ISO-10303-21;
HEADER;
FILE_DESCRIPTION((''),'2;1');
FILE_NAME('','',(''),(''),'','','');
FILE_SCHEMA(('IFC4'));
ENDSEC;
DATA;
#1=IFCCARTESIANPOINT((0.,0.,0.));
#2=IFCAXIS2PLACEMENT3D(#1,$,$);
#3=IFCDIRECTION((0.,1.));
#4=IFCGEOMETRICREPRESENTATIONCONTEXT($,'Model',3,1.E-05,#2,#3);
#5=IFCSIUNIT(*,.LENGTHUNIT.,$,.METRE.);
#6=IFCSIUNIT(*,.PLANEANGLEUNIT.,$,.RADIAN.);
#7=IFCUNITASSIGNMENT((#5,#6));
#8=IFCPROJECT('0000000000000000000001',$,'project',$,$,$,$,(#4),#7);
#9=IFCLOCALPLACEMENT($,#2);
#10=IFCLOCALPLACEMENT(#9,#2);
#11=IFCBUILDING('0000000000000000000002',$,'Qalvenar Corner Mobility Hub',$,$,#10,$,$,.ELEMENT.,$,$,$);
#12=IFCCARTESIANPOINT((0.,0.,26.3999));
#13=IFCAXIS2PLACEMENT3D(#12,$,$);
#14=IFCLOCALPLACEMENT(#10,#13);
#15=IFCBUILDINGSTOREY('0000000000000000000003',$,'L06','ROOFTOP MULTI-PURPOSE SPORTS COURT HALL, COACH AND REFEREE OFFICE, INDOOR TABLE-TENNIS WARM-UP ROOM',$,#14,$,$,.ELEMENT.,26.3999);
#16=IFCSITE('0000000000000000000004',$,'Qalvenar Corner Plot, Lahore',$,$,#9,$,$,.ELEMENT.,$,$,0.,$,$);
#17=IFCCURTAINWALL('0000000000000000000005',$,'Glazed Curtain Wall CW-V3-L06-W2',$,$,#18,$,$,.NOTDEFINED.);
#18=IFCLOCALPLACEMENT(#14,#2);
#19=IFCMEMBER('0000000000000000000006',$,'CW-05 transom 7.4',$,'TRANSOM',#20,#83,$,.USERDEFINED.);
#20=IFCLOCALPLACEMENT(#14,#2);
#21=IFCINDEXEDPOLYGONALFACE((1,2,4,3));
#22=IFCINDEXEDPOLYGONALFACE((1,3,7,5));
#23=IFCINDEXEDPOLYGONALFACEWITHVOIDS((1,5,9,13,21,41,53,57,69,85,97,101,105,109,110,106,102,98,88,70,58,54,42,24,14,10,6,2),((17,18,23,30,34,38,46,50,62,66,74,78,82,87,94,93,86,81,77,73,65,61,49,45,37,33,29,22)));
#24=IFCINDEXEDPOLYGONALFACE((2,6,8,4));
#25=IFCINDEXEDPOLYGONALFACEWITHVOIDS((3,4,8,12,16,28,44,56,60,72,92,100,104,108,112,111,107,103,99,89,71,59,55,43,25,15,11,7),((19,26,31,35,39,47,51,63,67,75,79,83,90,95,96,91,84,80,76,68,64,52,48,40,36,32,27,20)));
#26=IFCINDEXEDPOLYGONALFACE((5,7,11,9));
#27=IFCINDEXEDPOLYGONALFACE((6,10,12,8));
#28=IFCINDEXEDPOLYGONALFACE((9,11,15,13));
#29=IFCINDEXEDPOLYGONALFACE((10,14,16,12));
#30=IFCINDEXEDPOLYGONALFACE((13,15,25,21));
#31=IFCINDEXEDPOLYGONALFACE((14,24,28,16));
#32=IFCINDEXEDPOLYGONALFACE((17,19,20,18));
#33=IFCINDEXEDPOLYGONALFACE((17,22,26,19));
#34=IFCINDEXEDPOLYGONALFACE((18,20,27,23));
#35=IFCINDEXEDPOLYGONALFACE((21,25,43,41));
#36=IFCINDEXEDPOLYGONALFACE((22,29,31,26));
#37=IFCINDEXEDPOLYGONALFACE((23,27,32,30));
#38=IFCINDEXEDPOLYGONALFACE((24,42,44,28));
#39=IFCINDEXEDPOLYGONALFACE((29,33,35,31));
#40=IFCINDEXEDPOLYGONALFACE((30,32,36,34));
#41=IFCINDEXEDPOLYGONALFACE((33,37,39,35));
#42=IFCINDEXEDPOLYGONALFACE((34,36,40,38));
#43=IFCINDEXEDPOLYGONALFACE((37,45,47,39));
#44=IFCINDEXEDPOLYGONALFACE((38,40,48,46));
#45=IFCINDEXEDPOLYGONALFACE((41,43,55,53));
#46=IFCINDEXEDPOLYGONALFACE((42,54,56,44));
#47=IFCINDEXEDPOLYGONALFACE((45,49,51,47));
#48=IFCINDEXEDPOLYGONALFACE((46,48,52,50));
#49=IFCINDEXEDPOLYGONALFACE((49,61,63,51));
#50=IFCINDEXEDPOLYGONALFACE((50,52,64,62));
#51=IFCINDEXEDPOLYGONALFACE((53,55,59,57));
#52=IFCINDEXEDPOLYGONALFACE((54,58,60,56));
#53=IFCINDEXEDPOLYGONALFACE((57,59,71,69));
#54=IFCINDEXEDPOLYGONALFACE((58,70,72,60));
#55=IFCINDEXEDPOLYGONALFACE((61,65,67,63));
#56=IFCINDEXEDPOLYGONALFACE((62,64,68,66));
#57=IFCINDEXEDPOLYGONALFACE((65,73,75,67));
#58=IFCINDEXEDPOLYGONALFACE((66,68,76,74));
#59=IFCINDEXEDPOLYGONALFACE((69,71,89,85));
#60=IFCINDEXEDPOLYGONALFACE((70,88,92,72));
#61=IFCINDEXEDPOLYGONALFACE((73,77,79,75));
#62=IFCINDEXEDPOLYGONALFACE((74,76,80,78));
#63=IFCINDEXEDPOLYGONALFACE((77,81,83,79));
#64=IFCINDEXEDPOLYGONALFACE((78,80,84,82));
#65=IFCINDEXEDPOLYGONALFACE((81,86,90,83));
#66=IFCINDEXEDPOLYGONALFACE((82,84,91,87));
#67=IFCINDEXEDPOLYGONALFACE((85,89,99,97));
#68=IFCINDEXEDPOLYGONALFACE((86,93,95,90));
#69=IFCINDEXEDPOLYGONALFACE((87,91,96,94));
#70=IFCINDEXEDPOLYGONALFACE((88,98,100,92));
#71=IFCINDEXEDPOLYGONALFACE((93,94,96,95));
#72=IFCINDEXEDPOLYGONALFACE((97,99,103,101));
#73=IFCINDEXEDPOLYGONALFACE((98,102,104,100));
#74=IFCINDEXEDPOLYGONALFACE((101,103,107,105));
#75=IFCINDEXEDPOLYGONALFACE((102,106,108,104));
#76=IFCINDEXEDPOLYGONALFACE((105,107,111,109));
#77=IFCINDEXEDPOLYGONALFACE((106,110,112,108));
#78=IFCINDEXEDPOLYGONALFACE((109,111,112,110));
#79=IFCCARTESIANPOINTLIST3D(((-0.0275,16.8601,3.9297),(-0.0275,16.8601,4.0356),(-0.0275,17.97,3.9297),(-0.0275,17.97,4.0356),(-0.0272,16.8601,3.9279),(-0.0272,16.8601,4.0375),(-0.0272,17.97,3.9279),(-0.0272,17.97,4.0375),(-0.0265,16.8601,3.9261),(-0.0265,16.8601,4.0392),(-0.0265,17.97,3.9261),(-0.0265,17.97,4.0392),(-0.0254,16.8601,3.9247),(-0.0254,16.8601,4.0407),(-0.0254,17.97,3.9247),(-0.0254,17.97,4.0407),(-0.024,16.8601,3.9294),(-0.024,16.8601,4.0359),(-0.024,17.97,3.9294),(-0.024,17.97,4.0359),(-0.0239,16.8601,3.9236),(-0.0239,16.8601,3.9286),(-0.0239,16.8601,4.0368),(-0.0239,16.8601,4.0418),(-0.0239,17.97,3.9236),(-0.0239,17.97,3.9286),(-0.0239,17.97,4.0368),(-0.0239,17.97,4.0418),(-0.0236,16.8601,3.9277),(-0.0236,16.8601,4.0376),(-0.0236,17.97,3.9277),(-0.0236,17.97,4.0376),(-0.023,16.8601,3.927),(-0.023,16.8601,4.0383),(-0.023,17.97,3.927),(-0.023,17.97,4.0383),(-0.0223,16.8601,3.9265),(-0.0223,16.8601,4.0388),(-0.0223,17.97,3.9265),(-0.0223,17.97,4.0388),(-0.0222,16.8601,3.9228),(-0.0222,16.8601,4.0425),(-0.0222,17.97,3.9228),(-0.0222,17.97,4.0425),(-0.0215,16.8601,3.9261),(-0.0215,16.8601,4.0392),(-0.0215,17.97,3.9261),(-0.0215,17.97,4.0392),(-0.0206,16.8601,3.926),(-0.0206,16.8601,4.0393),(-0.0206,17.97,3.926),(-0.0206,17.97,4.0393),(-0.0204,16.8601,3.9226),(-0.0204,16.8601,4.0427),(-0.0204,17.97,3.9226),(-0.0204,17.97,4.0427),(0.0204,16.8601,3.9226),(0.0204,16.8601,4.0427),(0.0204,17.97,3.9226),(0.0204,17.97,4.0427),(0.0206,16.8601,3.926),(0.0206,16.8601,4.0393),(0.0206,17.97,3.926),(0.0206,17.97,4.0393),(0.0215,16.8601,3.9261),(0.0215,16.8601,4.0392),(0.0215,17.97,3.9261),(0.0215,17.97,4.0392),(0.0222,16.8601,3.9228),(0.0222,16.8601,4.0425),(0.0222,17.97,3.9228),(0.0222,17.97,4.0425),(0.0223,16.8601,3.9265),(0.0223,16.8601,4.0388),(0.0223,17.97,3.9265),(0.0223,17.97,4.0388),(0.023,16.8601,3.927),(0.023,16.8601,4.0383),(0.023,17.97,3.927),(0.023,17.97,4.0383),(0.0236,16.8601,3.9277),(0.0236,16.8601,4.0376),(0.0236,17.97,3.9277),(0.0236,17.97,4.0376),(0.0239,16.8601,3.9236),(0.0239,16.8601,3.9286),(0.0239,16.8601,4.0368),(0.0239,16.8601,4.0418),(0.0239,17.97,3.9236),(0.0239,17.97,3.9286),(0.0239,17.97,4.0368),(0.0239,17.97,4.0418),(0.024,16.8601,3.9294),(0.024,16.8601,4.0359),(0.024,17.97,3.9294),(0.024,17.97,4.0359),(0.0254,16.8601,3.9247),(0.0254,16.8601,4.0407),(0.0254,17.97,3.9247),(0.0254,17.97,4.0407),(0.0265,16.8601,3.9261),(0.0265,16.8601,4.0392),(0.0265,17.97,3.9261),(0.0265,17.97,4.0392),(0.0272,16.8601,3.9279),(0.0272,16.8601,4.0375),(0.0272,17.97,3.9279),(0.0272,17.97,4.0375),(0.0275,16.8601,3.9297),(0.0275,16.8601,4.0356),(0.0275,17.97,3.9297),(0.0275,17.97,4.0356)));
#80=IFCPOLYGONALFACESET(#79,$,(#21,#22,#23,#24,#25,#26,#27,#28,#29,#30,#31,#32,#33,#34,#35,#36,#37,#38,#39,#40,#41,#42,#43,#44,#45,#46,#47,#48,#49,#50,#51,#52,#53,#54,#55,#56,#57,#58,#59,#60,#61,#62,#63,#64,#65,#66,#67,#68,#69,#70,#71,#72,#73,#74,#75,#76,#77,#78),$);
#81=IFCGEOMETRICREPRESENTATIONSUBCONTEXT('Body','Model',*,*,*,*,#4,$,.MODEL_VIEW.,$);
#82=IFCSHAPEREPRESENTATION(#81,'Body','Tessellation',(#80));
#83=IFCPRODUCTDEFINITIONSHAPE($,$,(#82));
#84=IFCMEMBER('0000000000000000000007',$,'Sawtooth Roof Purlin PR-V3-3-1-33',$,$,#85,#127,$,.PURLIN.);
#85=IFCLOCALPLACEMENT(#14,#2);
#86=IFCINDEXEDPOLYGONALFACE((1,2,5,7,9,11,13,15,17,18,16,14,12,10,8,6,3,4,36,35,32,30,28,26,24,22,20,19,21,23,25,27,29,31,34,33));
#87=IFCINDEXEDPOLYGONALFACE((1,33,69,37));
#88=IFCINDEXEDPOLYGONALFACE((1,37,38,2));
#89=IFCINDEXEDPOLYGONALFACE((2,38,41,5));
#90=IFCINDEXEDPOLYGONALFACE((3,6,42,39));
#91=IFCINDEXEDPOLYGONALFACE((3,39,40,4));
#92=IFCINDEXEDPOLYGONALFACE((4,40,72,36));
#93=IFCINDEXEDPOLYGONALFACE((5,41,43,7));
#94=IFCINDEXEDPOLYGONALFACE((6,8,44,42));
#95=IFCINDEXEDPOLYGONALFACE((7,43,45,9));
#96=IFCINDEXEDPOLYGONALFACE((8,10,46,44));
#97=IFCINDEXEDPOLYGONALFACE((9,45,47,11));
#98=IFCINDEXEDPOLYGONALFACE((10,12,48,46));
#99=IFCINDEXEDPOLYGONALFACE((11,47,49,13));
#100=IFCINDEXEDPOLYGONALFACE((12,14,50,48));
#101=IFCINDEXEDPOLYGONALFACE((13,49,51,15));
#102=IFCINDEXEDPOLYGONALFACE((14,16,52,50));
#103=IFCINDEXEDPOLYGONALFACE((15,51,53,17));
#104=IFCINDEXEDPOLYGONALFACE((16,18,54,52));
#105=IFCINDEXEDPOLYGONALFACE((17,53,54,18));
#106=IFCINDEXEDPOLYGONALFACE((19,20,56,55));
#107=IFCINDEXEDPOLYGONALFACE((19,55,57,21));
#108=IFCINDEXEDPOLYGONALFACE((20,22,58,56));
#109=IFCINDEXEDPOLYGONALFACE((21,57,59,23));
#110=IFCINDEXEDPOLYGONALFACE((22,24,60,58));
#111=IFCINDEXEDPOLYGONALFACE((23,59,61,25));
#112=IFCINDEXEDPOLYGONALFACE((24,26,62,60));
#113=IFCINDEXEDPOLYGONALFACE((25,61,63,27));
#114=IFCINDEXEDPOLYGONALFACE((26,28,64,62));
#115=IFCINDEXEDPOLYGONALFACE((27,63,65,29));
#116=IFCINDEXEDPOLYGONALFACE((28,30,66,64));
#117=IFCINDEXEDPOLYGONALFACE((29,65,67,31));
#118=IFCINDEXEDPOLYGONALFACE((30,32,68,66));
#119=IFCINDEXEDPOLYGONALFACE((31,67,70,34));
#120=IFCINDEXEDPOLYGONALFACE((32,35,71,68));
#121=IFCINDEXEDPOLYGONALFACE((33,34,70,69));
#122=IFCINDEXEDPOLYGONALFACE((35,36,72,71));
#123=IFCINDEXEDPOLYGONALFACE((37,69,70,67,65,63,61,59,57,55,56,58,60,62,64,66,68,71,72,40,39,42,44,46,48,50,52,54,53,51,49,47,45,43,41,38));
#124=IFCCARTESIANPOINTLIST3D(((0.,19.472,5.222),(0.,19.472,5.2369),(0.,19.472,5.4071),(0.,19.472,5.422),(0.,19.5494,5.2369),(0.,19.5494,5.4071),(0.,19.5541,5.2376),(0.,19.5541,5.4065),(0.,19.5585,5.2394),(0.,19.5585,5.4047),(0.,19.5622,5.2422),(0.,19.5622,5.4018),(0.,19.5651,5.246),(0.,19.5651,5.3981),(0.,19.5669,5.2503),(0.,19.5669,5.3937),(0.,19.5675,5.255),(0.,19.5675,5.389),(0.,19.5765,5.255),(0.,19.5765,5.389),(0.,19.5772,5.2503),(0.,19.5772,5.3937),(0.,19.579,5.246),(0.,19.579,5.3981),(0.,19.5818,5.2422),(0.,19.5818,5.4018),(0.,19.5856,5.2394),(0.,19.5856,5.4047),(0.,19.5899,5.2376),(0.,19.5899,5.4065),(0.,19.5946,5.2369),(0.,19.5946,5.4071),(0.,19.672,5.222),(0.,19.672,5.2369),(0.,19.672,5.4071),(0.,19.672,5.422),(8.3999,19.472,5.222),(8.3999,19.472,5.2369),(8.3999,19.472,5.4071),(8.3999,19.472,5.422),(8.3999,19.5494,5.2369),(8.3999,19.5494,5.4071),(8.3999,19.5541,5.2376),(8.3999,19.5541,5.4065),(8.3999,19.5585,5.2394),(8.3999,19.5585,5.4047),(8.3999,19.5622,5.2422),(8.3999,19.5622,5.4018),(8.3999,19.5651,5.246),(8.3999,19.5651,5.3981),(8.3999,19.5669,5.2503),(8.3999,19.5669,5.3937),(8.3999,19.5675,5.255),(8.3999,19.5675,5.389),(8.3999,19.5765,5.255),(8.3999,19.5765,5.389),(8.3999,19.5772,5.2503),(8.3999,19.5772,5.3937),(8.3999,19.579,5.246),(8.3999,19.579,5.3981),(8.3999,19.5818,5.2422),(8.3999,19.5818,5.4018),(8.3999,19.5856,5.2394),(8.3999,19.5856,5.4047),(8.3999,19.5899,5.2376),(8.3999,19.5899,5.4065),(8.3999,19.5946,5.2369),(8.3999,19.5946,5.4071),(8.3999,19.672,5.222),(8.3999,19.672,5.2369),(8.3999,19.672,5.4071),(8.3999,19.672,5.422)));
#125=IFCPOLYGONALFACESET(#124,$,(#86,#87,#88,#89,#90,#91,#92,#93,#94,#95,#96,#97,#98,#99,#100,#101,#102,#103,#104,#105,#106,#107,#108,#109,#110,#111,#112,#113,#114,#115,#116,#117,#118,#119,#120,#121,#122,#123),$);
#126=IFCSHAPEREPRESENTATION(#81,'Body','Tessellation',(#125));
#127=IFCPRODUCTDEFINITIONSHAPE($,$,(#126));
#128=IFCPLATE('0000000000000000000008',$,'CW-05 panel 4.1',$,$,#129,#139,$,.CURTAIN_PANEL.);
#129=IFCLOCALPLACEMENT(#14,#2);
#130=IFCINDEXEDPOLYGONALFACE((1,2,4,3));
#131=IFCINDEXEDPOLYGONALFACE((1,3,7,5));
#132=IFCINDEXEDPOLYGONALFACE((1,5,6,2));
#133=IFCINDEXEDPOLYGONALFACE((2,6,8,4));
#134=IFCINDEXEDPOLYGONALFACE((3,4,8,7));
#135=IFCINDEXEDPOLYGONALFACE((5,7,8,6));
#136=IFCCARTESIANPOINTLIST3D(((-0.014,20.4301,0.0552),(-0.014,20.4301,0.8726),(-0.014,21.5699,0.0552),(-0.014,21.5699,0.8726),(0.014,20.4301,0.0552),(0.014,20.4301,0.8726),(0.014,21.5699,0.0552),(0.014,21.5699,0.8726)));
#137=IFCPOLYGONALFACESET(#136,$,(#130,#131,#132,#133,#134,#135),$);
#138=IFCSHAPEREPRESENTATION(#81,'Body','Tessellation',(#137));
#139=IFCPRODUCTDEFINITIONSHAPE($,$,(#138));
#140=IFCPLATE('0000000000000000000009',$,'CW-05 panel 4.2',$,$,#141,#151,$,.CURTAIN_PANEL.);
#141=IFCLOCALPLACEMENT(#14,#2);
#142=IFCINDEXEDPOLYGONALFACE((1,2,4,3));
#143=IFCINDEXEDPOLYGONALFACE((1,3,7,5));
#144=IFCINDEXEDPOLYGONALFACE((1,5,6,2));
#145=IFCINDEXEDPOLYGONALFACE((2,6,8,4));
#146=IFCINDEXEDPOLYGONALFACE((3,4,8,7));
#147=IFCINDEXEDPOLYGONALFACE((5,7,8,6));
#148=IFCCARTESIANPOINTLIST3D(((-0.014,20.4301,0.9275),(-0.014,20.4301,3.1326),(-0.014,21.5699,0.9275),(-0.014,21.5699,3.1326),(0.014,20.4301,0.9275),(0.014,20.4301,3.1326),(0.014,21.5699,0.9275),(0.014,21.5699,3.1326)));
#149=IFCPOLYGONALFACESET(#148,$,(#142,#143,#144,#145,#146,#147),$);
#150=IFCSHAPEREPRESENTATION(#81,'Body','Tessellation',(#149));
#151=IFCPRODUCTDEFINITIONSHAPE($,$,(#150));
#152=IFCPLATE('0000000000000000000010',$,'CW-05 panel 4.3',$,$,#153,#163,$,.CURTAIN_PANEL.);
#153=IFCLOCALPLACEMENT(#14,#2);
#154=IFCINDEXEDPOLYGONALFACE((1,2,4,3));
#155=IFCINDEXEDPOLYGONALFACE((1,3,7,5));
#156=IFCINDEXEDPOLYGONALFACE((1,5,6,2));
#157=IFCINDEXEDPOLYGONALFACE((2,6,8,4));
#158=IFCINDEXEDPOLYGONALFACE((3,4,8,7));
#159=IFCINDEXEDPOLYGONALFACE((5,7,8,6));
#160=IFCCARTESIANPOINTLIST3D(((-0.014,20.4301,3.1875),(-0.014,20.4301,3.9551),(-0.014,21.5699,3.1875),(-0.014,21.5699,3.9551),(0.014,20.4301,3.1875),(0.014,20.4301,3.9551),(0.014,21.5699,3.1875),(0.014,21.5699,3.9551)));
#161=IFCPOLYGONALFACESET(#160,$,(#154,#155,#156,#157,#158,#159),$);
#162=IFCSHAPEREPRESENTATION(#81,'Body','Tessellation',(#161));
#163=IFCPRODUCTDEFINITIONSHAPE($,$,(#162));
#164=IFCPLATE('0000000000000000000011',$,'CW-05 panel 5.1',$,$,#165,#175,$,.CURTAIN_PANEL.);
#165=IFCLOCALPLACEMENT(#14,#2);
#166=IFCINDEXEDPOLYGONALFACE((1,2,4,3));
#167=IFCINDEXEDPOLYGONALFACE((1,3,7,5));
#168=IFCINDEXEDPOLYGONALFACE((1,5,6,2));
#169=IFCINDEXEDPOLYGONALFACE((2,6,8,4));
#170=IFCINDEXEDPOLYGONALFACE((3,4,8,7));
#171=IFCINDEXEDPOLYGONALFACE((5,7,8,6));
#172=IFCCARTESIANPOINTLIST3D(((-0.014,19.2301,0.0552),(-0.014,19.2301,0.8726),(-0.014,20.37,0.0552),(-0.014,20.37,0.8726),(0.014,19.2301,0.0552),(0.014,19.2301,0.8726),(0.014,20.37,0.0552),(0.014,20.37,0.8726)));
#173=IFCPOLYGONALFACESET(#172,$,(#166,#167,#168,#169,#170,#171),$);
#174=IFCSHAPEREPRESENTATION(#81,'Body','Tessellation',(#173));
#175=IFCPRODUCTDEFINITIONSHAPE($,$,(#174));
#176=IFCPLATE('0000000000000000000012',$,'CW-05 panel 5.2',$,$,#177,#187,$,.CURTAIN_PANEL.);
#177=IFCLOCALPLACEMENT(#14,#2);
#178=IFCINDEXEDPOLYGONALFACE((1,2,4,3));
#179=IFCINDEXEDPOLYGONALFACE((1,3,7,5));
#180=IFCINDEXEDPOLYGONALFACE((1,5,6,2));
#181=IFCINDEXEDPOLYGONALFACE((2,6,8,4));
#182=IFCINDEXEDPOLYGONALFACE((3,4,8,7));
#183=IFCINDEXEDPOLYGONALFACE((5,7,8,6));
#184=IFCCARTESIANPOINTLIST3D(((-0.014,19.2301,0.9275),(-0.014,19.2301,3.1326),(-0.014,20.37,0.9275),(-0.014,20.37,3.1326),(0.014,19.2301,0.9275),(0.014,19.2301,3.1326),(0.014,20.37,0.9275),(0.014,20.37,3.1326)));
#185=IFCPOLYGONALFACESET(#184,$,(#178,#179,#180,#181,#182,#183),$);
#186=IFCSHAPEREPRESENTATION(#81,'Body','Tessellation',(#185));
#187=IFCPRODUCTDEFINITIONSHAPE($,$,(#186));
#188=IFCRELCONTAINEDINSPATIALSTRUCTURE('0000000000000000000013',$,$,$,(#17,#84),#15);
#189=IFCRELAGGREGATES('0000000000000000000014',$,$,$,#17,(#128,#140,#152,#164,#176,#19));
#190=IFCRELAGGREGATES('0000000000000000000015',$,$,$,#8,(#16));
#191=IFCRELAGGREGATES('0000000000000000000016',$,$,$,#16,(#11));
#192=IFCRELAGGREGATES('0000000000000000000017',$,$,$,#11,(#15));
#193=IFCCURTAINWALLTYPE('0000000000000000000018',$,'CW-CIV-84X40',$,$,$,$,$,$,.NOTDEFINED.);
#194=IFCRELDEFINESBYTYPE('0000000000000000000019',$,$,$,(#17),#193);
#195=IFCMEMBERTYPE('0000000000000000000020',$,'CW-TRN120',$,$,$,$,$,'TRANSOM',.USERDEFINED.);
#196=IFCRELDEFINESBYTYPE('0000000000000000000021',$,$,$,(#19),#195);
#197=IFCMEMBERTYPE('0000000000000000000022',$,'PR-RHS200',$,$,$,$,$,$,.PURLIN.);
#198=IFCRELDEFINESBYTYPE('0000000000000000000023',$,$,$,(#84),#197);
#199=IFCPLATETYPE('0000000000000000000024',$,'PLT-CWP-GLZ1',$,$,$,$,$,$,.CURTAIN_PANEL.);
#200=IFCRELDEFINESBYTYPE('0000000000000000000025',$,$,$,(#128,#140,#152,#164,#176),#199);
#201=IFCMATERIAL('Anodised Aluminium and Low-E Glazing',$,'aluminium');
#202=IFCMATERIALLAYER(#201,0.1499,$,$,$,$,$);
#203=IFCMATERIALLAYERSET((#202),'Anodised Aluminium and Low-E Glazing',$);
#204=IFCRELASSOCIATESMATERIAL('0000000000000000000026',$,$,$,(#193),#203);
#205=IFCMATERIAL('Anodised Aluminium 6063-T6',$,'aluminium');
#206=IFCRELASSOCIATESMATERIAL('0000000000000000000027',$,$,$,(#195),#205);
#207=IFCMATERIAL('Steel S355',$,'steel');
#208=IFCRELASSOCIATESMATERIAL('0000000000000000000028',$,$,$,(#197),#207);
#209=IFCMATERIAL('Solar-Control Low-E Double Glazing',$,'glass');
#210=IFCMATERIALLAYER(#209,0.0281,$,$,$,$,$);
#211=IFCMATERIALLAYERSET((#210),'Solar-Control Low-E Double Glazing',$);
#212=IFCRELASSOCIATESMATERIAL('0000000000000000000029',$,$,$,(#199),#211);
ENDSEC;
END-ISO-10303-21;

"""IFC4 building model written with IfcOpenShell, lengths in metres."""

from ifc_helpers import new_model, si_unit, direction, frame, origin, origin_2d, place, context, subcontext, project, spatial, rectangle, hollow_rectangle, i_section, extrude, material, layer, layer_set, material_profile, profile_set, type_object, element, aggregate, save


model = new_model("IFC4")

# Units and contexts
model_context = context("Model", 3, precision=1e-05, world=origin(), true_north=direction((0.0, 1.0)))
body_context = subcontext(model_context, "Body", "Model", "MODEL_VIEW")
ifc_project = project(units=[si_unit("LENGTHUNIT", "METRE"), si_unit("PLANEANGLEUNIT", "RADIAN")], contexts=[model_context])

# Site, building, storey
site_placement = place(None, origin())
site = spatial("IfcSite", under=ifc_project, at=site_placement, Name="Qalvenar Corner Plot, Lahore", CompositionType="ELEMENT", RefElevation=0.0)
building_placement = place(site_placement, origin())
building = spatial("IfcBuilding", under=site, at=building_placement, Name="Qalvenar Corner Mobility Hub", CompositionType="ELEMENT")
storey_placement = place(building_placement, frame((0.0, 0.0, 26.3999)))
storey = spatial("IfcBuildingStorey", under=building, at=storey_placement, Name="L06", Description="ROOFTOP MULTI-PURPOSE SPORTS COURT HALL, COACH AND REFEREE OFFICE, INDOOR TABLE-TENNIS WARM-UP ROOM", CompositionType="ELEMENT", Elevation=26.3999)

# Shared definitions
ifc_material_1 = material(Name="Steel S355", Category="steel")

# Curtain wall, member
ifc_material_2 = material(Name="Anodised Aluminium and Low-E Glazing", Category="aluminium")
ifc_layer_1 = layer(ifc_material_2, 0.1499)
ifc_layer_set_1 = layer_set([ifc_layer_1], Name="Anodised Aluminium and Low-E Glazing")
curtain_wall_type = type_object("IfcCurtainWallType", Name="CW-CIV-84X40", PredefinedType="NOTDEFINED", material=ifc_layer_set_1)
curtain_wall_placement = place(storey_placement, origin())
curtain_wall = element("IfcCurtainWall", 1, at=curtain_wall_placement, inside=storey, type_object=curtain_wall_type, Name="Glazed Curtain Wall CW-V3-L06-W2", PredefinedType="NOTDEFINED")
ifc_material_3 = material(Name="Anodised Aluminium 6063-T6", Category="aluminium")
ifc_material_profile_1 = material_profile(ifc_material_3, hollow_rectangle(XDim=0.0549, YDim=0.1201, WallThickness=0.0034, InnerFilletRadius=0.0034, OuterFilletRadius=0.0071, at=origin_2d()), Name="RHS120x55x3.5")
ifc_profile_set_1 = profile_set([ifc_material_profile_1], Name="Anodised Aluminium 6063-T6")
member_type_1 = type_object("IfcMemberType", Name="CW-TRN120", ElementType="TRANSOM", PredefinedType="USERDEFINED", material=ifc_profile_set_1)
member_1_placement = place(storey_placement, frame((0.0, 17.97, 3.9827), z_axis=(0.0, -1.0, 0.0), x_axis=(1.0, 0.0, 0.0)))
member_1 = element("IfcMember", 2, at=member_1_placement, type_object=member_type_1, Name="CW-05 transom 7.4", ObjectType="TRANSOM", PredefinedType="USERDEFINED", context=body_context, shape_type="SweptSolid", body=[
    extrude(hollow_rectangle(XDim=0.0549, YDim=0.1201, WallThickness=0.0034, InnerFilletRadius=0.0034, OuterFilletRadius=0.0071, at=origin_2d()), origin(), (0.0, 0.0, 1.0), 1.1099),
])

# Member
ifc_material_profile_2 = material_profile(ifc_material_1, i_section(OverallWidth=0.2, OverallDepth=0.2, WebThickness=0.009, FlangeThickness=0.0149, FilletRadius=0.0181, at=origin_2d()), Name="HEB200")
ifc_profile_set_2 = profile_set([ifc_material_profile_2], Name="Steel S355")
member_type_2 = type_object("IfcMemberType", Name="PR-RHS200", PredefinedType="PURLIN", material=ifc_profile_set_2)
member_2_placement = place(storey_placement, frame((0.0, 19.572, 5.322), z_axis=(1.0, 0.0, 0.0), x_axis=(0.0, 1.0, 0.0)))
element("IfcMember", 3, at=member_2_placement, inside=storey, type_object=member_type_2, Name="Sawtooth Roof Purlin PR-V3-3-1-33", PredefinedType="PURLIN", context=body_context, shape_type="SweptSolid", body=[
    extrude(i_section(OverallWidth=0.2, OverallDepth=0.2, WebThickness=0.009, FlangeThickness=0.0149, FilletRadius=0.0181, at=origin_2d()), origin(), (0.0, 0.0, 1.0), 8.3999),
])

# Plates
ifc_material_4 = material(Name="Solar-Control Low-E Double Glazing", Category="glass")
ifc_layer_2 = layer(ifc_material_4, 0.0281)
ifc_layer_set_2 = layer_set([ifc_layer_2], Name="Solar-Control Low-E Double Glazing")
plate_type = type_object("IfcPlateType", Name="PLT-CWP-GLZ1", PredefinedType="CURTAIN_PANEL", material=ifc_layer_set_2)
plate_1_placement = place(storey_placement, frame((0.0, 21.0, 0.0552), z_axis=(0.0, 0.0, 1.0), x_axis=(0.0, -1.0, 0.0)))
plate_1 = element("IfcPlate", 4, at=plate_1_placement, type_object=plate_type, Name="CW-05 panel 4.1", PredefinedType="CURTAIN_PANEL", context=body_context, shape_type="SweptSolid", body=[
    extrude(rectangle(XDim=1.1399, YDim=0.0281, at=origin_2d()), origin(), (0.0, 0.0, 1.0), 0.8174),
])
plate_2_placement = place(storey_placement, frame((0.0, 21.0, 0.9275), z_axis=(0.0, 0.0, 1.0), x_axis=(0.0, -1.0, 0.0)))
plate_2 = element("IfcPlate", 5, at=plate_2_placement, type_object=plate_type, Name="CW-05 panel 4.2", PredefinedType="CURTAIN_PANEL", context=body_context, shape_type="SweptSolid", body=[
    extrude(rectangle(XDim=1.1399, YDim=0.0281, at=origin_2d()), origin(), (0.0, 0.0, 1.0), 2.2051),
])
plate_3_placement = place(storey_placement, frame((0.0, 21.0, 3.1875), z_axis=(0.0, 0.0, 1.0), x_axis=(0.0, -1.0, 0.0)))
plate_3 = element("IfcPlate", 6, at=plate_3_placement, type_object=plate_type, Name="CW-05 panel 4.3", PredefinedType="CURTAIN_PANEL", context=body_context, shape_type="SweptSolid", body=[
    extrude(rectangle(XDim=1.1399, YDim=0.0281, at=origin_2d()), origin(), (0.0, 0.0, 1.0), 0.7676),
])
plate_4_placement = place(storey_placement, frame((0.0, 19.8, 0.0552), z_axis=(0.0, 0.0, 1.0), x_axis=(0.0, -1.0, 0.0)))
plate_4 = element("IfcPlate", 7, at=plate_4_placement, type_object=plate_type, Name="CW-05 panel 5.1", PredefinedType="CURTAIN_PANEL", context=body_context, shape_type="SweptSolid", body=[
    extrude(rectangle(XDim=1.1399, YDim=0.0281, at=origin_2d()), origin(), (0.0, 0.0, 1.0), 0.8174),
])
plate_5_placement = place(storey_placement, frame((0.0, 19.8, 0.9275), z_axis=(0.0, 0.0, 1.0), x_axis=(0.0, -1.0, 0.0)))
plate_5 = element("IfcPlate", 8, at=plate_5_placement, type_object=plate_type, Name="CW-05 panel 5.2", PredefinedType="CURTAIN_PANEL", context=body_context, shape_type="SweptSolid", body=[
    extrude(rectangle(XDim=1.1399, YDim=0.0281, at=origin_2d()), origin(), (0.0, 0.0, 1.0), 2.2051),
])
aggregate(curtain_wall, [plate_1, plate_2, plate_3, plate_4, plate_5, member_1])

save(model, "model.ifc")
